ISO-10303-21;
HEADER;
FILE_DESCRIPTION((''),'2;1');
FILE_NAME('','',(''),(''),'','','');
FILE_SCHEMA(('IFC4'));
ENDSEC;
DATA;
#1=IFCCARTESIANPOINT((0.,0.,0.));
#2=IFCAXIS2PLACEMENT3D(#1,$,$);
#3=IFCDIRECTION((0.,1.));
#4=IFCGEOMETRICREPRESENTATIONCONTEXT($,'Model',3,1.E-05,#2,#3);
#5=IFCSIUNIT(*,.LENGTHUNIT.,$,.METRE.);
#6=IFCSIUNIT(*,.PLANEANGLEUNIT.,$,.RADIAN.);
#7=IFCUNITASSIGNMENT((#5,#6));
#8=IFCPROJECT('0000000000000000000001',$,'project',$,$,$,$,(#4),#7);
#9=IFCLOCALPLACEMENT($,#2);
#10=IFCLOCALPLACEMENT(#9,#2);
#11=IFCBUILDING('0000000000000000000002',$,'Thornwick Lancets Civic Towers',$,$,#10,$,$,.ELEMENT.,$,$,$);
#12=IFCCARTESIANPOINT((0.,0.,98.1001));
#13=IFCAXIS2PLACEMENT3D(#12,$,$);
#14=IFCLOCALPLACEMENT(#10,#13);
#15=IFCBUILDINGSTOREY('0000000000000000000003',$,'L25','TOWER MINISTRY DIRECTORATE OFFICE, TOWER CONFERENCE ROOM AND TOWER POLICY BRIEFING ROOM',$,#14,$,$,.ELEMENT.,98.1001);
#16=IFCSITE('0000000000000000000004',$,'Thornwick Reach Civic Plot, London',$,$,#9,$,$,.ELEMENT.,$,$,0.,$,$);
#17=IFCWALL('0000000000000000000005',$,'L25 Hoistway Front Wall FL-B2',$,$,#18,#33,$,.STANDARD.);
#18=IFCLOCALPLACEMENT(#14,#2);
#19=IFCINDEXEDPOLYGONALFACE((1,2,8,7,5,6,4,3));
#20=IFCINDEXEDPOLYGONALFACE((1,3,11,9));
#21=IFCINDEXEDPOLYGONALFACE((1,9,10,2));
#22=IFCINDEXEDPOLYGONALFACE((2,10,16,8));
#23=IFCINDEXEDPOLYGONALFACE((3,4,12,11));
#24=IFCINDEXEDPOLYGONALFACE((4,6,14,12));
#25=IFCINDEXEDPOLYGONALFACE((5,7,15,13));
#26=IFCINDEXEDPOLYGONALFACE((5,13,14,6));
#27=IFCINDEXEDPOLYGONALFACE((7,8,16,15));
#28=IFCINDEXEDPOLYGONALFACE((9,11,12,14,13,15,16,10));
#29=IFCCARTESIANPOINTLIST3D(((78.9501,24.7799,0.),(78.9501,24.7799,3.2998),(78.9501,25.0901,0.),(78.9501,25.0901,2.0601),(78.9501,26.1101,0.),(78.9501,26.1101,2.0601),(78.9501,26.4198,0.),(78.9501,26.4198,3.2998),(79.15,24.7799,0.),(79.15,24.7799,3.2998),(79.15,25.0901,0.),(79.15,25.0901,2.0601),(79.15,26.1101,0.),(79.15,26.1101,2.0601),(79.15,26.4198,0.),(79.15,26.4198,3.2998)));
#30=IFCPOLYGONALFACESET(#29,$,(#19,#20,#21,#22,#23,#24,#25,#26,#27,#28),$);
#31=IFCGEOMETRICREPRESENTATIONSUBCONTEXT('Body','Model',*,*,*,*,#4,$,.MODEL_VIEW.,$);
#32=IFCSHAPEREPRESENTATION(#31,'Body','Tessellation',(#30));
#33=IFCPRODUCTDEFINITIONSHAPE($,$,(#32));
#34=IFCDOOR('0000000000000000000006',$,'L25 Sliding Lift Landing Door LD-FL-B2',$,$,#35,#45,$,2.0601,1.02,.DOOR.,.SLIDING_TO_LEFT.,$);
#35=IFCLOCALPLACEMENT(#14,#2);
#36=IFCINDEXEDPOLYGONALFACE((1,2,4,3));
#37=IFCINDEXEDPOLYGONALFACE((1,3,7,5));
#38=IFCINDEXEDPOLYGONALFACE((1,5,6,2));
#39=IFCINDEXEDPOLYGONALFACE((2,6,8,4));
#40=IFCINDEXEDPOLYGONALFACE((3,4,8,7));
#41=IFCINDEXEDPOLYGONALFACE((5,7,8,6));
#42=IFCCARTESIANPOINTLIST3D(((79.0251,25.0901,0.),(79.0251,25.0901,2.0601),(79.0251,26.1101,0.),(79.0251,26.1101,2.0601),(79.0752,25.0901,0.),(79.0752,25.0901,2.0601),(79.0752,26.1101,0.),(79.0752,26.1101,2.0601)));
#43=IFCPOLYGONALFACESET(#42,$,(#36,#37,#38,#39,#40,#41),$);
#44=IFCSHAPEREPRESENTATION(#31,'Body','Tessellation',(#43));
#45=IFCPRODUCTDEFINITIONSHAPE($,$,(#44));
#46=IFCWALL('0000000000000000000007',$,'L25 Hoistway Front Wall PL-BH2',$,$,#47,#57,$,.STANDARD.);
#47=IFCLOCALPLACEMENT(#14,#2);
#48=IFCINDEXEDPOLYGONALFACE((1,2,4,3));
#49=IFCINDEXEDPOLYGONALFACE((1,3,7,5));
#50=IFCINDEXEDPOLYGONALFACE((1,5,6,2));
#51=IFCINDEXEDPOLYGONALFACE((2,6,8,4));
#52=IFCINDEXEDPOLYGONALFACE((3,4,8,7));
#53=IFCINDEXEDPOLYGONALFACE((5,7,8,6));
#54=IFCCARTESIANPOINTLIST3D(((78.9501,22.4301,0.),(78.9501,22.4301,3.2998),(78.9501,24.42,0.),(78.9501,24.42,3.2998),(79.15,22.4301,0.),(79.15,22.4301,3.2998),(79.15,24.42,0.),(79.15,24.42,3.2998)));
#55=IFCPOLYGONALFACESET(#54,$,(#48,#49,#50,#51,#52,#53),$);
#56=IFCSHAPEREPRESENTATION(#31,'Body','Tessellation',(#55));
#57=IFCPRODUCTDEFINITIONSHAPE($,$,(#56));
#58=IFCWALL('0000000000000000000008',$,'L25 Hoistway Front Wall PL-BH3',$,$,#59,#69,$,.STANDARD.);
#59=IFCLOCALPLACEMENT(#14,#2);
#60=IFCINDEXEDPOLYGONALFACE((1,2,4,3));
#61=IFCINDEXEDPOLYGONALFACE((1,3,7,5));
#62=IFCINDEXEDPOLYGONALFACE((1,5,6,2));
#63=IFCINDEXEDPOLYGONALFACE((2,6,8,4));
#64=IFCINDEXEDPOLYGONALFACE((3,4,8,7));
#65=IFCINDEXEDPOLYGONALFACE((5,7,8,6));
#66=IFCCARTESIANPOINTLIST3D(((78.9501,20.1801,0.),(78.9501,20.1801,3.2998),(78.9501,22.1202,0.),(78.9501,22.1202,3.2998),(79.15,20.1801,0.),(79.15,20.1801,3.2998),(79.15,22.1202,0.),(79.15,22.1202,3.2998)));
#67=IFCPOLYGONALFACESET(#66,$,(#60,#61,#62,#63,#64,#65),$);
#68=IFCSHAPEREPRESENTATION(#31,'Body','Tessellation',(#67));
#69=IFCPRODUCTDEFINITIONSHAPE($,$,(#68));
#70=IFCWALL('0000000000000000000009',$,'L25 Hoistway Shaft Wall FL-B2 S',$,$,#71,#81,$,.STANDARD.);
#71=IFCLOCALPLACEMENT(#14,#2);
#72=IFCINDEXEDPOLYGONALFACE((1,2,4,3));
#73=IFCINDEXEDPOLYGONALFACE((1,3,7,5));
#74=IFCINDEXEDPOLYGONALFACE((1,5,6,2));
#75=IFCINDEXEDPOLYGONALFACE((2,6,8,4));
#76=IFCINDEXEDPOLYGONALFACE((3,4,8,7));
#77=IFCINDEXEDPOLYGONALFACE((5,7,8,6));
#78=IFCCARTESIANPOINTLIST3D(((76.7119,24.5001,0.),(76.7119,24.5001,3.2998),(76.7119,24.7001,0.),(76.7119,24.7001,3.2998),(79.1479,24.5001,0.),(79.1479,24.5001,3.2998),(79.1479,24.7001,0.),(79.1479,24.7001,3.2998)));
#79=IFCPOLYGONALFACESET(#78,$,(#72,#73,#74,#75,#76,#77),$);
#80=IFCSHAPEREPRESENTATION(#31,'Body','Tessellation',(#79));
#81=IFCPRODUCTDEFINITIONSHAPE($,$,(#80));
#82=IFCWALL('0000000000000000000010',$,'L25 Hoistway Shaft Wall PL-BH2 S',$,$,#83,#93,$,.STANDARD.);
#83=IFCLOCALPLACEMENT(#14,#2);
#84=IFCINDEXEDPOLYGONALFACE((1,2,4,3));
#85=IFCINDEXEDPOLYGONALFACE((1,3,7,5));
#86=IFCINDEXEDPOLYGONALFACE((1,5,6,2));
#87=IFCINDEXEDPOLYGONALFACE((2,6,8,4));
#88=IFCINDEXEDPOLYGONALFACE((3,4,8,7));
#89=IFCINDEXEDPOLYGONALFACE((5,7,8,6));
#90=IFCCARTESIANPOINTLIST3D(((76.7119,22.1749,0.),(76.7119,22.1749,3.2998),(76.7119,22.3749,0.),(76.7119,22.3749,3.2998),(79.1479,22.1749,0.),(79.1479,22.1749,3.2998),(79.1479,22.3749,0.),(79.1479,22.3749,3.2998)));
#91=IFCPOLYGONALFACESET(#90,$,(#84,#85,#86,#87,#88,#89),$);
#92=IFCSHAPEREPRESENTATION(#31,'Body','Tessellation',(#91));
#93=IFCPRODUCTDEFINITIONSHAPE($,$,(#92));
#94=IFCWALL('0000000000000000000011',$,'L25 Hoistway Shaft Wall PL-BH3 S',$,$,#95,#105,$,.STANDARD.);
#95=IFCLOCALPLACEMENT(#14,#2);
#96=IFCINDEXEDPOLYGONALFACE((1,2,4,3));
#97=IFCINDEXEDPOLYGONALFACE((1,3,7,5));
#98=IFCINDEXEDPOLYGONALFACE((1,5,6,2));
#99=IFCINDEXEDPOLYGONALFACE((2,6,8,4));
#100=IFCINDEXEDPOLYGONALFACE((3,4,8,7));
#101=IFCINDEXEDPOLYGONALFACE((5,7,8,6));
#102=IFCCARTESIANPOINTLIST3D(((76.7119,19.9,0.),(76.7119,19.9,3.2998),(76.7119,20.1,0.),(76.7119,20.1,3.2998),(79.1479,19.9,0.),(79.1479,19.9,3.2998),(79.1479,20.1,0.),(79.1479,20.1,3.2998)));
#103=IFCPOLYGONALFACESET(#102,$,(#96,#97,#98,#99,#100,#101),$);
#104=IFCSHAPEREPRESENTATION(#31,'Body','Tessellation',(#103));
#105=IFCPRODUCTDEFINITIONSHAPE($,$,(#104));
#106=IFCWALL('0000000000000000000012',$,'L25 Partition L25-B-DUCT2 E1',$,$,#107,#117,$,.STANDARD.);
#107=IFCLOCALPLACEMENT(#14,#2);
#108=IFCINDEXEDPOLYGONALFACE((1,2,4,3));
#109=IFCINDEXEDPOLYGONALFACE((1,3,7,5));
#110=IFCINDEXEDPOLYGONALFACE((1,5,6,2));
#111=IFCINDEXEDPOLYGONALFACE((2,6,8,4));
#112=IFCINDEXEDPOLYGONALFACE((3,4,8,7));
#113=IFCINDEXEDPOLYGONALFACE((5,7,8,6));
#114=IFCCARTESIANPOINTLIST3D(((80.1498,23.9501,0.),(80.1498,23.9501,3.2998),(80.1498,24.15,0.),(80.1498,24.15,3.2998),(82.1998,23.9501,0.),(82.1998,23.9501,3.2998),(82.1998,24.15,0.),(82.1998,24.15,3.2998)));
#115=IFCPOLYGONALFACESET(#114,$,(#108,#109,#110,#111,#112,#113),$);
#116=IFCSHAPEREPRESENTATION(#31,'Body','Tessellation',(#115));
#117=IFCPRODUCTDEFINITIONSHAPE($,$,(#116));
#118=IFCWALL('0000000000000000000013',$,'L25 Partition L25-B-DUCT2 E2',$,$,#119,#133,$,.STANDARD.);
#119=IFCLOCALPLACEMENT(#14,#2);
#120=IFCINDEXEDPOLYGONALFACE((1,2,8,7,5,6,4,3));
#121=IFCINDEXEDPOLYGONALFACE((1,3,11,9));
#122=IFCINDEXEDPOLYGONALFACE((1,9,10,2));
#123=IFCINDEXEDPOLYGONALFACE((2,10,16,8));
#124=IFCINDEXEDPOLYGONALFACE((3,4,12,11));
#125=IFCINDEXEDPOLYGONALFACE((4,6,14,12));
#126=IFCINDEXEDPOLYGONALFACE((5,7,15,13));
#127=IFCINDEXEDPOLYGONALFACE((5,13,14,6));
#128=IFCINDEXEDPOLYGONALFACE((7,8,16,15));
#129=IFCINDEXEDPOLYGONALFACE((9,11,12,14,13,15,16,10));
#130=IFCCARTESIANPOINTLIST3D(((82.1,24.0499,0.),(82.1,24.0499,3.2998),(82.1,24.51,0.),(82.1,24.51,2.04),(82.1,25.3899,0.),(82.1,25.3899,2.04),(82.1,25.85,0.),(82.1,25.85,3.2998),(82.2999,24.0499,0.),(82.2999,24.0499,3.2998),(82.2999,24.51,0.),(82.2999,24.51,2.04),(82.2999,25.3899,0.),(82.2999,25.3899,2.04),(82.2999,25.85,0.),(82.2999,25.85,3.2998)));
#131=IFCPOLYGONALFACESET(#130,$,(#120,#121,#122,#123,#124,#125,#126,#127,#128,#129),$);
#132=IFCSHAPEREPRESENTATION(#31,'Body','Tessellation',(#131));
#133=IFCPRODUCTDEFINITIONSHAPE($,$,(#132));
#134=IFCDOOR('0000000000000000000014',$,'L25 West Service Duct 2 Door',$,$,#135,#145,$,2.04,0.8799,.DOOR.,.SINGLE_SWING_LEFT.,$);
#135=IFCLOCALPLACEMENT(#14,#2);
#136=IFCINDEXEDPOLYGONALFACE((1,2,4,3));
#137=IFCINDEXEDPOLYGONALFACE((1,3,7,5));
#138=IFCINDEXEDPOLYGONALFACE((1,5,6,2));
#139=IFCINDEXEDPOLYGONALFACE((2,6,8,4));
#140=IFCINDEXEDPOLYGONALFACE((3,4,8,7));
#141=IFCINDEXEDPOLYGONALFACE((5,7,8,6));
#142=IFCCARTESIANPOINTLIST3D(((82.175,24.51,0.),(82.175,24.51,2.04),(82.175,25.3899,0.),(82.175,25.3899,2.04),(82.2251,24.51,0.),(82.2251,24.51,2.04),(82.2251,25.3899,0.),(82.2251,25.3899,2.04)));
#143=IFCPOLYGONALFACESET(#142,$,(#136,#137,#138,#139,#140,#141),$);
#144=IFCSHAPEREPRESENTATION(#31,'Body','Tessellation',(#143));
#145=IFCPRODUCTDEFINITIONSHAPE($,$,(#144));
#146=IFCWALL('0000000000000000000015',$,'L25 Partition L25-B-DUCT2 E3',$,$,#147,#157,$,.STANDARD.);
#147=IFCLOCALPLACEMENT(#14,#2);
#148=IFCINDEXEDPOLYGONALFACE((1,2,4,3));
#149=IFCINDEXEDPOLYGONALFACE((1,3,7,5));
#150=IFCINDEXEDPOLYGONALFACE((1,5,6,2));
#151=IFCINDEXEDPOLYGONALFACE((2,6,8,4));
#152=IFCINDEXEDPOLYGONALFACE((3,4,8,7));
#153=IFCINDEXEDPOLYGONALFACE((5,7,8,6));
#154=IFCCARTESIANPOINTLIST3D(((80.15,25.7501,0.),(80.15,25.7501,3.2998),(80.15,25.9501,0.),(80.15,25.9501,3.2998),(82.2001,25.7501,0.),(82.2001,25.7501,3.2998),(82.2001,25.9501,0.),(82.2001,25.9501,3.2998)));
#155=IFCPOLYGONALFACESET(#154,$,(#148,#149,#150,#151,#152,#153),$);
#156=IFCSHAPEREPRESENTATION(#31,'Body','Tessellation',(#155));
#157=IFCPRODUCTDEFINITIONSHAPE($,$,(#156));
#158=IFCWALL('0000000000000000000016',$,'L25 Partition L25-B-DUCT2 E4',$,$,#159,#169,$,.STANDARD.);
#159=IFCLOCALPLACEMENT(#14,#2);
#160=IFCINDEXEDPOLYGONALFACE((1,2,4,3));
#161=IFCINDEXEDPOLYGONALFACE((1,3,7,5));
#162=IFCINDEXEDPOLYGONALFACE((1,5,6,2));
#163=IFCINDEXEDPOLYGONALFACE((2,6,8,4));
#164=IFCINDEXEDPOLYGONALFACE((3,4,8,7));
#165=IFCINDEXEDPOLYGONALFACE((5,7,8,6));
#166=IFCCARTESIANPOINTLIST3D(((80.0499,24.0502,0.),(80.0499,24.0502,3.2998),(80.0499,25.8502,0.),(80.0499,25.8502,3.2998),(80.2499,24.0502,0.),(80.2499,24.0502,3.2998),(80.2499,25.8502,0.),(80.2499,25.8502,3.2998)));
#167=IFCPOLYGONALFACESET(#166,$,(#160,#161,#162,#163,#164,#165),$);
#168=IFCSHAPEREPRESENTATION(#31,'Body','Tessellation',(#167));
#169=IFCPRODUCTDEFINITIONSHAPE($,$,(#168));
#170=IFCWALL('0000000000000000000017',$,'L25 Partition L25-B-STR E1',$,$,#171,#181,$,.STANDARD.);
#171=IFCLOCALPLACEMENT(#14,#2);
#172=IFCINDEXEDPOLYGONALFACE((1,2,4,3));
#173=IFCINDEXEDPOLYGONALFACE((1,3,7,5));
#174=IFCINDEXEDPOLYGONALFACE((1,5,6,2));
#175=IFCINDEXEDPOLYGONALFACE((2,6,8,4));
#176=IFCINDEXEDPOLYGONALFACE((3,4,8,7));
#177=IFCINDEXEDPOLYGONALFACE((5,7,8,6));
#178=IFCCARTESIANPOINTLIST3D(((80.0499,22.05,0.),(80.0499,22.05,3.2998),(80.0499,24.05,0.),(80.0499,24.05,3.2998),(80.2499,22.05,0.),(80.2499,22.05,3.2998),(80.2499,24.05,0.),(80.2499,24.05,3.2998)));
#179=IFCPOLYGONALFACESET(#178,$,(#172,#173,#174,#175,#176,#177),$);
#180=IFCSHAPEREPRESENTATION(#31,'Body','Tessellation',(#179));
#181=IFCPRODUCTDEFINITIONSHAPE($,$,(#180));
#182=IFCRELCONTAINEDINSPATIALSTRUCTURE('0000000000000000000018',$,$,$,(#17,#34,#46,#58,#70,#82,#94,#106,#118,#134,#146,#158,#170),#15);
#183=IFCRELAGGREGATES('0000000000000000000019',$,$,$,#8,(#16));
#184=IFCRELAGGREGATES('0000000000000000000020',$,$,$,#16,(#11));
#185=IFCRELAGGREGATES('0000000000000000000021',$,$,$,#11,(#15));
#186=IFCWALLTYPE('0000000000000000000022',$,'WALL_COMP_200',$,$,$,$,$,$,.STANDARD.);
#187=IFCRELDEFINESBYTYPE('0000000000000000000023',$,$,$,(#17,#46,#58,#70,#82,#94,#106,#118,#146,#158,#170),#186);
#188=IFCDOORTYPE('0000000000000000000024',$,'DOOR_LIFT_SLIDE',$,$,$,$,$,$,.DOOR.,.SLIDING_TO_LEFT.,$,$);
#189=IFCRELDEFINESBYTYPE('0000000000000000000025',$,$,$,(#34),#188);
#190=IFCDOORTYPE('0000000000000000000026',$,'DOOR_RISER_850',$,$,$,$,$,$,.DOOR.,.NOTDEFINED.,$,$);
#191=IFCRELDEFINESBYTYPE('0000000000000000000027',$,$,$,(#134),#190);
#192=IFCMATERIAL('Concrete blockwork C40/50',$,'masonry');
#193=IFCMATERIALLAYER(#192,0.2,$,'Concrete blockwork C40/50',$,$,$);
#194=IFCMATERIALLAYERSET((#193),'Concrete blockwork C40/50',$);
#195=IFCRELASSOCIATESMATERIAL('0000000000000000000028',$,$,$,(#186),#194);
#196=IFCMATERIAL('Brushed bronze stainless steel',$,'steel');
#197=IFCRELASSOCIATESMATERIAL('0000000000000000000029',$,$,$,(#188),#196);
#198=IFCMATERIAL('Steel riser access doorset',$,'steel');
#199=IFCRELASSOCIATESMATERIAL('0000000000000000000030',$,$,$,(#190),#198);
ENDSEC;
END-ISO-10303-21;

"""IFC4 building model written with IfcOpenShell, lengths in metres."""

from ifc_helpers import new_model, si_unit, direction, frame, frame_2d, origin, place, context, subcontext, project, spatial, rectangle, extrude, material, layer, layer_set, type_object, element, fill, save


model = new_model("IFC4")

# Units and contexts
model_context = context("Model", 3, precision=1e-05, world=origin(), true_north=direction((0.0, 1.0)))
body_context = subcontext(model_context, "Body", "Model", "MODEL_VIEW")
ifc_project = project(units=[si_unit("LENGTHUNIT", "METRE"), si_unit("PLANEANGLEUNIT", "RADIAN")], contexts=[model_context])

# Site, building, storey
site_placement = place(None, origin())
site = spatial("IfcSite", under=ifc_project, at=site_placement, Name="Thornwick Reach Civic Plot, London", CompositionType="ELEMENT", RefElevation=0.0)
building_placement = place(site_placement, origin())
building = spatial("IfcBuilding", under=site, at=building_placement, Name="Thornwick Lancets Civic Towers", CompositionType="ELEMENT")
storey_placement = place(building_placement, frame((0.0, 0.0, 98.1001)))
storey = spatial("IfcBuildingStorey", under=building, at=storey_placement, Name="L25", Description="TOWER MINISTRY DIRECTORATE OFFICE, TOWER CONFERENCE ROOM AND TOWER POLICY BRIEFING ROOM", CompositionType="ELEMENT", Elevation=98.1001)

# Wall, opening, door
ifc_material_1 = material(Name="Concrete blockwork C40/50", Category="masonry")
ifc_layer_1 = layer(ifc_material_1, 0.2, Name="Concrete blockwork C40/50")
ifc_layer_set_1 = layer_set([ifc_layer_1], Name="Concrete blockwork C40/50")
wall_type_1 = type_object("IfcWallType", Name="WALL_COMP_200", PredefinedType="STANDARD", material=ifc_layer_set_1)
wall_1_placement = place(storey_placement, frame((79.05, 24.78, 0.0), z_axis=(0.0, 0.0, 1.0), x_axis=(0.0, 1.0, 0.0)))
wall_1 = element("IfcWall", 1, at=wall_1_placement, inside=storey, type_object=wall_type_1, Name="L25 Hoistway Front Wall FL-B2", PredefinedType="STANDARD", context=body_context, shape_type="SweptSolid", body=[
    extrude(rectangle(XDim=1.6399, YDim=0.2, at=frame_2d((0.8198, 0.0))), origin(), (0.0, 0.0, 1.0), 3.2998),
])
opening_1_placement = place(wall_1_placement, frame((0.3101, 0.0, 0.0)))
opening_1 = element("IfcOpeningElement", 2, at=opening_1_placement, cuts=wall_1, PredefinedType="OPENING", context=body_context, shape_type="SweptSolid", body=[
    extrude(rectangle(XDim=1.02, YDim=2.0601, at=frame_2d((0.51, 1.03))), frame((0.0, 0.1099, 0.0), z_axis=(0.0, -1.0, 0.0), x_axis=(1.0, 0.0, 0.0)), (0.0, 0.0, 1.0), 0.22),
])
ifc_material_2 = material(Name="Brushed bronze stainless steel", Category="steel")
door_type_1 = type_object("IfcDoorType", Name="DOOR_LIFT_SLIDE", OperationType="SLIDING_TO_LEFT", PredefinedType="DOOR", material=ifc_material_2)
door_1_placement = place(opening_1_placement, origin())
door_1 = element("IfcDoor", 3, at=door_1_placement, inside=storey, type_object=door_type_1, Name="L25 Sliding Lift Landing Door LD-FL-B2", OperationType="SLIDING_TO_LEFT", OverallHeight=2.0601, OverallWidth=1.02, PredefinedType="DOOR", context=body_context, shape_type="SweptSolid", body=[
    extrude(rectangle(XDim=1.02, YDim=2.0601, at=frame_2d((0.51, 1.03))), frame((0.0, 0.0249, 0.0), z_axis=(0.0, -1.0, 0.0), x_axis=(1.0, 0.0, 0.0)), (0.0, 0.0, 1.0), 0.05),
])
fill(opening_1, door_1)

# Walls
wall_2_placement = place(storey_placement, frame((79.05, 22.4299, 0.0), z_axis=(0.0, 0.0, 1.0), x_axis=(0.0, 1.0, 0.0)))
element("IfcWall", 4, at=wall_2_placement, inside=storey, type_object=wall_type_1, Name="L25 Hoistway Front Wall PL-BH2", PredefinedType="STANDARD", context=body_context, shape_type="SweptSolid", body=[
    extrude(rectangle(XDim=1.99, YDim=0.2, at=frame_2d((0.9951, 0.0))), origin(), (0.0, 0.0, 1.0), 3.2998),
])
wall_3_placement = place(storey_placement, frame((79.05, 20.1799, 0.0), z_axis=(0.0, 0.0, 1.0), x_axis=(0.0, 1.0, 0.0)))
element("IfcWall", 5, at=wall_3_placement, inside=storey, type_object=wall_type_1, Name="L25 Hoistway Front Wall PL-BH3", PredefinedType="STANDARD", context=body_context, shape_type="SweptSolid", body=[
    extrude(rectangle(XDim=1.9402, YDim=0.2, at=frame_2d((0.9702, 0.0))), origin(), (0.0, 0.0, 1.0), 3.2998),
])
for number, where, z_axis, x_axis, name in (
    (6, (76.7119, 24.6001, 0.0), (0.0, 0.0, 1.0), (1.0, 0.0, 0.0), "L25 Hoistway Shaft Wall FL-B2 S"),
    (7, (76.7119, 22.2749, 0.0), (0.0, 0.0, 1.0), (1.0, 0.0, 0.0), "L25 Hoistway Shaft Wall PL-BH2 S"),
    (8, (76.7119, 20.0, 0.0), (0.0, 0.0, 1.0), (1.0, 0.0, 0.0), "L25 Hoistway Shaft Wall PL-BH3 S"),
):
    element("IfcWall", number, at=place(storey_placement, frame(where, z_axis=z_axis, x_axis=x_axis)), inside=storey, type_object=wall_type_1, Name=name, PredefinedType="STANDARD", context=body_context, shape_type="SweptSolid", body=[
        extrude(rectangle(XDim=2.436, YDim=0.2, at=frame_2d((1.218, 0.0))), origin(), (0.0, 0.0, 1.0), 3.2998),
    ])
wall_4_placement = place(storey_placement, frame((80.1499, 24.05, 0.0), z_axis=(0.0, 0.0, 1.0), x_axis=(1.0, 0.0, 0.0)))
element("IfcWall", 9, at=wall_4_placement, inside=storey, type_object=wall_type_1, Name="L25 Partition L25-B-DUCT2 E1", PredefinedType="STANDARD", context=body_context, shape_type="SweptSolid", body=[
    extrude(rectangle(XDim=2.05, YDim=0.2, at=frame_2d((1.0249, 0.0))), origin(), (0.0, 0.0, 1.0), 3.2998),
])

# Wall, opening, door
wall_5_placement = place(storey_placement, frame((82.2, 24.05, 0.0), z_axis=(0.0, 0.0, 1.0), x_axis=(0.0, 1.0, 0.0)))
wall_5 = element("IfcWall", 10, at=wall_5_placement, inside=storey, type_object=wall_type_1, Name="L25 Partition L25-B-DUCT2 E2", PredefinedType="STANDARD", context=body_context, shape_type="SweptSolid", body=[
    extrude(rectangle(XDim=1.8, YDim=0.2, at=frame_2d((0.8999, 0.0))), origin(), (0.0, 0.0, 1.0), 3.2998),
])
opening_2_placement = place(wall_5_placement, frame((0.46, 0.0, 0.0)))
opening_2 = element("IfcOpeningElement", 11, at=opening_2_placement, cuts=wall_5, PredefinedType="OPENING", context=body_context, shape_type="SweptSolid", body=[
    extrude(rectangle(XDim=0.8799, YDim=2.04, at=frame_2d((0.4399, 1.02))), frame((0.0, 0.1099, 0.0), z_axis=(0.0, -1.0, 0.0), x_axis=(1.0, 0.0, 0.0)), (0.0, 0.0, 1.0), 0.22),
])
ifc_material_3 = material(Name="Steel riser access doorset", Category="steel")
door_type_2 = type_object("IfcDoorType", Name="DOOR_RISER_850", OperationType="NOTDEFINED", PredefinedType="DOOR", material=ifc_material_3)
door_2_placement = place(opening_2_placement, origin())
door_2 = element("IfcDoor", 12, at=door_2_placement, inside=storey, type_object=door_type_2, Name="L25 West Service Duct 2 Door", OperationType="SINGLE_SWING_LEFT", OverallHeight=2.04, OverallWidth=0.8799, PredefinedType="DOOR", context=body_context, shape_type="SweptSolid", body=[
    extrude(rectangle(XDim=0.8799, YDim=2.04, at=frame_2d((0.4399, 1.02))), frame((0.0, 0.0249, 0.0), z_axis=(0.0, -1.0, 0.0), x_axis=(1.0, 0.0, 0.0)), (0.0, 0.0, 1.0), 0.05),
])
fill(opening_2, door_2)

# Walls
wall_6_placement = place(storey_placement, frame((82.2, 25.8501, 0.0), z_axis=(0.0, 0.0, 1.0), x_axis=(-1.0, 0.0, 0.0)))
element("IfcWall", 13, at=wall_6_placement, inside=storey, type_object=wall_type_1, Name="L25 Partition L25-B-DUCT2 E3", PredefinedType="STANDARD", context=body_context, shape_type="SweptSolid", body=[
    extrude(rectangle(XDim=2.05, YDim=0.2, at=frame_2d((1.0249, 0.0))), origin(), (0.0, 0.0, 1.0), 3.2998),
])
wall_7_placement = place(storey_placement, frame((80.1499, 25.8501, 0.0), z_axis=(0.0, 0.0, 1.0), x_axis=(0.0, -1.0, 0.0)))
element("IfcWall", 14, at=wall_7_placement, inside=storey, type_object=wall_type_1, Name="L25 Partition L25-B-DUCT2 E4", PredefinedType="STANDARD", context=body_context, shape_type="SweptSolid", body=[
    extrude(rectangle(XDim=1.8, YDim=0.2, at=frame_2d((0.8999, 0.0))), origin(), (0.0, 0.0, 1.0), 3.2998),
])
wall_8_placement = place(storey_placement, frame((80.1499, 22.05, 0.0), z_axis=(0.0, 0.0, 1.0), x_axis=(0.0, 1.0, 0.0)))
element("IfcWall", 15, at=wall_8_placement, inside=storey, type_object=wall_type_1, Name="L25 Partition L25-B-STR E1", PredefinedType="STANDARD", context=body_context, shape_type="SweptSolid", body=[
    extrude(rectangle(XDim=2.0, YDim=0.2, at=frame_2d((1.0, 0.0))), origin(), (0.0, 0.0, 1.0), 3.2998),
])

save(model, "model.ifc")
